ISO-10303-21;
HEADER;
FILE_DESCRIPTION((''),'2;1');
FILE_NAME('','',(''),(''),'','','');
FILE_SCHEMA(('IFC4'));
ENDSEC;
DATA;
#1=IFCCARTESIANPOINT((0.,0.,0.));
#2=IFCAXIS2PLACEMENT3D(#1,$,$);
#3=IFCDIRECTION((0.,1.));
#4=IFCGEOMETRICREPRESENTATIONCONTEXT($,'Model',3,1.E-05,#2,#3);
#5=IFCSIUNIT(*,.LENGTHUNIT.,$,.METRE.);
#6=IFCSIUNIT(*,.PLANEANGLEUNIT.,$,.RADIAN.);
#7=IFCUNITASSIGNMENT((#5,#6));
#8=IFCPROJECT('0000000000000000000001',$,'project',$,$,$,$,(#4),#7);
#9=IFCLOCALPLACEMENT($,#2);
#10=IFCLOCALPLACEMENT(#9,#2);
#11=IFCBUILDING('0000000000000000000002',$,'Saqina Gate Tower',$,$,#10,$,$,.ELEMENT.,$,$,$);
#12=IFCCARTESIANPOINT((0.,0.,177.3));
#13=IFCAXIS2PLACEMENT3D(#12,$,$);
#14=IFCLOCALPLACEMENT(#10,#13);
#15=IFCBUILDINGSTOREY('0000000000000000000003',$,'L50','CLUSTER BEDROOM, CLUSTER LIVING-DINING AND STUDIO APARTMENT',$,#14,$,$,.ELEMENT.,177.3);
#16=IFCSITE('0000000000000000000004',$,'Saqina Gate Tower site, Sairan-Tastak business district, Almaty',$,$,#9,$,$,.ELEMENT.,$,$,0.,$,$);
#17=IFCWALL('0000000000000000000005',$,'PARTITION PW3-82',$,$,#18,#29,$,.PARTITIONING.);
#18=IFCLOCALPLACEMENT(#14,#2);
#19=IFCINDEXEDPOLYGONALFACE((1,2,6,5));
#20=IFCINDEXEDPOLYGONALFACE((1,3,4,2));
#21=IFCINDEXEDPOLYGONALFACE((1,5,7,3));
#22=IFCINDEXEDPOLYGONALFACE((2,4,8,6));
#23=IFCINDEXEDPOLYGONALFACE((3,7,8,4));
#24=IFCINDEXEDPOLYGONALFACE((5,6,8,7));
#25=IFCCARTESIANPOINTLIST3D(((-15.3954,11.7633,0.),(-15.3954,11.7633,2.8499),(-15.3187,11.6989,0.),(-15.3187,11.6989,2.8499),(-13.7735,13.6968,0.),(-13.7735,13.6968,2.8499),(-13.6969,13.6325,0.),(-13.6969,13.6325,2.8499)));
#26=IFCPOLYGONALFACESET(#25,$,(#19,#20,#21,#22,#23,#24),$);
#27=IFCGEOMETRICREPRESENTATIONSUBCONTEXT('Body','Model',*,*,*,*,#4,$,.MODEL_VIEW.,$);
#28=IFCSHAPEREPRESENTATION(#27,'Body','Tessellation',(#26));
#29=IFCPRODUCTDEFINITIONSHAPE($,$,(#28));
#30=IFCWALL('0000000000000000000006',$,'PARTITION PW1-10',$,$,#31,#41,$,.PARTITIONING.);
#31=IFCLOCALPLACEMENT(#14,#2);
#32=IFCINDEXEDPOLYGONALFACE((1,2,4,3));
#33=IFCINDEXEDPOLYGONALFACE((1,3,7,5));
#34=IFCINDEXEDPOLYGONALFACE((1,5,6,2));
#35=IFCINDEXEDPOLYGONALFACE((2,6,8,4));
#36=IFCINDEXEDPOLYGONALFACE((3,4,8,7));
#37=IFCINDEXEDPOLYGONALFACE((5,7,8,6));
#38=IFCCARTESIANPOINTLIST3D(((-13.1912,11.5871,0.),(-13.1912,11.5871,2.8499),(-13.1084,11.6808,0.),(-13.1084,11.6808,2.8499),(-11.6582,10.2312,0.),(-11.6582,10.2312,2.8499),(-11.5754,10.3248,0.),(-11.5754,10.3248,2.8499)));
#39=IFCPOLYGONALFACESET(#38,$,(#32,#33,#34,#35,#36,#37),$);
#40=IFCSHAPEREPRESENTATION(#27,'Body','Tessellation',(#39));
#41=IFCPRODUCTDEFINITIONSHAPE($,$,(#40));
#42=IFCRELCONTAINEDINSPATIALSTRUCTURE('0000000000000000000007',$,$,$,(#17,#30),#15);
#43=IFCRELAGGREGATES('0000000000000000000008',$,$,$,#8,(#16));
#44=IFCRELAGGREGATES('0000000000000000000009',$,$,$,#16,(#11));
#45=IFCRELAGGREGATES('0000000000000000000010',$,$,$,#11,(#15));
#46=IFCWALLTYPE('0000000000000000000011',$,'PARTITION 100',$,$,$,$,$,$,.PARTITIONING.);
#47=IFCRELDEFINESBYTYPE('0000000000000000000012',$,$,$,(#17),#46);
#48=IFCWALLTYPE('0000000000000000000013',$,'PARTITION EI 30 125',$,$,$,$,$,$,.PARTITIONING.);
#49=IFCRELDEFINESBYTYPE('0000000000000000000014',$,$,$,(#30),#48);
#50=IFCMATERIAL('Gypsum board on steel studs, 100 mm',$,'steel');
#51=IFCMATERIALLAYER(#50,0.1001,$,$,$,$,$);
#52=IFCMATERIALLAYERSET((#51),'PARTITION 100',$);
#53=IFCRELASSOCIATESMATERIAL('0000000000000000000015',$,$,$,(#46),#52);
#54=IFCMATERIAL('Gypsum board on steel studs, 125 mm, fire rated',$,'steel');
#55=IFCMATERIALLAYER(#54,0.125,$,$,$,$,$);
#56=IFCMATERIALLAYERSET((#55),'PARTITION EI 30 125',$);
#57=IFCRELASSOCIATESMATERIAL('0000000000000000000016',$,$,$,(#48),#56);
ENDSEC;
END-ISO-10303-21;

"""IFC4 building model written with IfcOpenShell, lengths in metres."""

from ifc_helpers import new_model, si_unit, direction, frame, frame_2d, origin, place, context, subcontext, project, spatial, rectangle, extrude, material, layer, layer_set, type_object, element, save


model = new_model("IFC4")

# Units and contexts
model_context = context("Model", 3, precision=1e-05, world=origin(), true_north=direction((0.0, 1.0)))
body_context = subcontext(model_context, "Body", "Model", "MODEL_VIEW")
ifc_project = project(units=[si_unit("LENGTHUNIT", "METRE"), si_unit("PLANEANGLEUNIT", "RADIAN")], contexts=[model_context])

# Site, building, storey
site_placement = place(None, origin())
site = spatial("IfcSite", under=ifc_project, at=site_placement, Name="Saqina Gate Tower site, Sairan-Tastak business district, Almaty", CompositionType="ELEMENT", RefElevation=0.0)
building_placement = place(site_placement, origin())
building = spatial("IfcBuilding", under=site, at=building_placement, Name="Saqina Gate Tower", CompositionType="ELEMENT")
storey_placement = place(building_placement, frame((0.0, 0.0, 177.3)))
storey = spatial("IfcBuildingStorey", under=building, at=storey_placement, Name="L50", Description="CLUSTER BEDROOM, CLUSTER LIVING-DINING AND STUDIO APARTMENT", CompositionType="ELEMENT", Elevation=177.3)

# Walls
ifc_material_1 = material(Name="Gypsum board on steel studs, 100 mm", Category="steel")
ifc_layer_1 = layer(ifc_material_1, 0.1001)
ifc_layer_set_1 = layer_set([ifc_layer_1], Name="PARTITION 100")
wall_type_1 = type_object("IfcWallType", Name="PARTITION 100", PredefinedType="PARTITIONING", material=ifc_layer_set_1)
wall_1_placement = place(storey_placement, frame((-15.3569, 11.7312, 0.0), z_axis=(0.0, 0.0, 1.0), x_axis=(0.642636, 0.766172, 0.0)))
element("IfcWall", 1, at=wall_1_placement, inside=storey, type_object=wall_type_1, Name="PARTITION PW3-82", PredefinedType="PARTITIONING", context=body_context, shape_type="SweptSolid", body=[
    extrude(rectangle(XDim=2.5237, YDim=0.1001, at=frame_2d((1.2617, 0.0))), origin(), (0.0, 0.0, 1.0), 2.8499),
])
ifc_material_2 = material(Name="Gypsum board on steel studs, 125 mm, fire rated", Category="steel")
ifc_layer_2 = layer(ifc_material_2, 0.125)
ifc_layer_set_2 = layer_set([ifc_layer_2], Name="PARTITION EI 30 125")
wall_type_2 = type_object("IfcWallType", Name="PARTITION EI 30 125", PredefinedType="PARTITIONING", material=ifc_layer_set_2)
wall_2_placement = place(storey_placement, frame((-13.1499, 11.634, 0.0), z_axis=(0.0, 0.0, 1.0), x_axis=(0.749026, -0.66254, 0.0)))
element("IfcWall", 2, at=wall_2_placement, inside=storey, type_object=wall_type_2, Name="PARTITION PW1-10", PredefinedType="PARTITIONING", context=body_context, shape_type="SweptSolid", body=[
    extrude(rectangle(XDim=2.0466, YDim=0.125, at=frame_2d((1.0234, 0.0))), origin(), (0.0, 0.0, 1.0), 2.8499),
])

save(model, "model.ifc")
